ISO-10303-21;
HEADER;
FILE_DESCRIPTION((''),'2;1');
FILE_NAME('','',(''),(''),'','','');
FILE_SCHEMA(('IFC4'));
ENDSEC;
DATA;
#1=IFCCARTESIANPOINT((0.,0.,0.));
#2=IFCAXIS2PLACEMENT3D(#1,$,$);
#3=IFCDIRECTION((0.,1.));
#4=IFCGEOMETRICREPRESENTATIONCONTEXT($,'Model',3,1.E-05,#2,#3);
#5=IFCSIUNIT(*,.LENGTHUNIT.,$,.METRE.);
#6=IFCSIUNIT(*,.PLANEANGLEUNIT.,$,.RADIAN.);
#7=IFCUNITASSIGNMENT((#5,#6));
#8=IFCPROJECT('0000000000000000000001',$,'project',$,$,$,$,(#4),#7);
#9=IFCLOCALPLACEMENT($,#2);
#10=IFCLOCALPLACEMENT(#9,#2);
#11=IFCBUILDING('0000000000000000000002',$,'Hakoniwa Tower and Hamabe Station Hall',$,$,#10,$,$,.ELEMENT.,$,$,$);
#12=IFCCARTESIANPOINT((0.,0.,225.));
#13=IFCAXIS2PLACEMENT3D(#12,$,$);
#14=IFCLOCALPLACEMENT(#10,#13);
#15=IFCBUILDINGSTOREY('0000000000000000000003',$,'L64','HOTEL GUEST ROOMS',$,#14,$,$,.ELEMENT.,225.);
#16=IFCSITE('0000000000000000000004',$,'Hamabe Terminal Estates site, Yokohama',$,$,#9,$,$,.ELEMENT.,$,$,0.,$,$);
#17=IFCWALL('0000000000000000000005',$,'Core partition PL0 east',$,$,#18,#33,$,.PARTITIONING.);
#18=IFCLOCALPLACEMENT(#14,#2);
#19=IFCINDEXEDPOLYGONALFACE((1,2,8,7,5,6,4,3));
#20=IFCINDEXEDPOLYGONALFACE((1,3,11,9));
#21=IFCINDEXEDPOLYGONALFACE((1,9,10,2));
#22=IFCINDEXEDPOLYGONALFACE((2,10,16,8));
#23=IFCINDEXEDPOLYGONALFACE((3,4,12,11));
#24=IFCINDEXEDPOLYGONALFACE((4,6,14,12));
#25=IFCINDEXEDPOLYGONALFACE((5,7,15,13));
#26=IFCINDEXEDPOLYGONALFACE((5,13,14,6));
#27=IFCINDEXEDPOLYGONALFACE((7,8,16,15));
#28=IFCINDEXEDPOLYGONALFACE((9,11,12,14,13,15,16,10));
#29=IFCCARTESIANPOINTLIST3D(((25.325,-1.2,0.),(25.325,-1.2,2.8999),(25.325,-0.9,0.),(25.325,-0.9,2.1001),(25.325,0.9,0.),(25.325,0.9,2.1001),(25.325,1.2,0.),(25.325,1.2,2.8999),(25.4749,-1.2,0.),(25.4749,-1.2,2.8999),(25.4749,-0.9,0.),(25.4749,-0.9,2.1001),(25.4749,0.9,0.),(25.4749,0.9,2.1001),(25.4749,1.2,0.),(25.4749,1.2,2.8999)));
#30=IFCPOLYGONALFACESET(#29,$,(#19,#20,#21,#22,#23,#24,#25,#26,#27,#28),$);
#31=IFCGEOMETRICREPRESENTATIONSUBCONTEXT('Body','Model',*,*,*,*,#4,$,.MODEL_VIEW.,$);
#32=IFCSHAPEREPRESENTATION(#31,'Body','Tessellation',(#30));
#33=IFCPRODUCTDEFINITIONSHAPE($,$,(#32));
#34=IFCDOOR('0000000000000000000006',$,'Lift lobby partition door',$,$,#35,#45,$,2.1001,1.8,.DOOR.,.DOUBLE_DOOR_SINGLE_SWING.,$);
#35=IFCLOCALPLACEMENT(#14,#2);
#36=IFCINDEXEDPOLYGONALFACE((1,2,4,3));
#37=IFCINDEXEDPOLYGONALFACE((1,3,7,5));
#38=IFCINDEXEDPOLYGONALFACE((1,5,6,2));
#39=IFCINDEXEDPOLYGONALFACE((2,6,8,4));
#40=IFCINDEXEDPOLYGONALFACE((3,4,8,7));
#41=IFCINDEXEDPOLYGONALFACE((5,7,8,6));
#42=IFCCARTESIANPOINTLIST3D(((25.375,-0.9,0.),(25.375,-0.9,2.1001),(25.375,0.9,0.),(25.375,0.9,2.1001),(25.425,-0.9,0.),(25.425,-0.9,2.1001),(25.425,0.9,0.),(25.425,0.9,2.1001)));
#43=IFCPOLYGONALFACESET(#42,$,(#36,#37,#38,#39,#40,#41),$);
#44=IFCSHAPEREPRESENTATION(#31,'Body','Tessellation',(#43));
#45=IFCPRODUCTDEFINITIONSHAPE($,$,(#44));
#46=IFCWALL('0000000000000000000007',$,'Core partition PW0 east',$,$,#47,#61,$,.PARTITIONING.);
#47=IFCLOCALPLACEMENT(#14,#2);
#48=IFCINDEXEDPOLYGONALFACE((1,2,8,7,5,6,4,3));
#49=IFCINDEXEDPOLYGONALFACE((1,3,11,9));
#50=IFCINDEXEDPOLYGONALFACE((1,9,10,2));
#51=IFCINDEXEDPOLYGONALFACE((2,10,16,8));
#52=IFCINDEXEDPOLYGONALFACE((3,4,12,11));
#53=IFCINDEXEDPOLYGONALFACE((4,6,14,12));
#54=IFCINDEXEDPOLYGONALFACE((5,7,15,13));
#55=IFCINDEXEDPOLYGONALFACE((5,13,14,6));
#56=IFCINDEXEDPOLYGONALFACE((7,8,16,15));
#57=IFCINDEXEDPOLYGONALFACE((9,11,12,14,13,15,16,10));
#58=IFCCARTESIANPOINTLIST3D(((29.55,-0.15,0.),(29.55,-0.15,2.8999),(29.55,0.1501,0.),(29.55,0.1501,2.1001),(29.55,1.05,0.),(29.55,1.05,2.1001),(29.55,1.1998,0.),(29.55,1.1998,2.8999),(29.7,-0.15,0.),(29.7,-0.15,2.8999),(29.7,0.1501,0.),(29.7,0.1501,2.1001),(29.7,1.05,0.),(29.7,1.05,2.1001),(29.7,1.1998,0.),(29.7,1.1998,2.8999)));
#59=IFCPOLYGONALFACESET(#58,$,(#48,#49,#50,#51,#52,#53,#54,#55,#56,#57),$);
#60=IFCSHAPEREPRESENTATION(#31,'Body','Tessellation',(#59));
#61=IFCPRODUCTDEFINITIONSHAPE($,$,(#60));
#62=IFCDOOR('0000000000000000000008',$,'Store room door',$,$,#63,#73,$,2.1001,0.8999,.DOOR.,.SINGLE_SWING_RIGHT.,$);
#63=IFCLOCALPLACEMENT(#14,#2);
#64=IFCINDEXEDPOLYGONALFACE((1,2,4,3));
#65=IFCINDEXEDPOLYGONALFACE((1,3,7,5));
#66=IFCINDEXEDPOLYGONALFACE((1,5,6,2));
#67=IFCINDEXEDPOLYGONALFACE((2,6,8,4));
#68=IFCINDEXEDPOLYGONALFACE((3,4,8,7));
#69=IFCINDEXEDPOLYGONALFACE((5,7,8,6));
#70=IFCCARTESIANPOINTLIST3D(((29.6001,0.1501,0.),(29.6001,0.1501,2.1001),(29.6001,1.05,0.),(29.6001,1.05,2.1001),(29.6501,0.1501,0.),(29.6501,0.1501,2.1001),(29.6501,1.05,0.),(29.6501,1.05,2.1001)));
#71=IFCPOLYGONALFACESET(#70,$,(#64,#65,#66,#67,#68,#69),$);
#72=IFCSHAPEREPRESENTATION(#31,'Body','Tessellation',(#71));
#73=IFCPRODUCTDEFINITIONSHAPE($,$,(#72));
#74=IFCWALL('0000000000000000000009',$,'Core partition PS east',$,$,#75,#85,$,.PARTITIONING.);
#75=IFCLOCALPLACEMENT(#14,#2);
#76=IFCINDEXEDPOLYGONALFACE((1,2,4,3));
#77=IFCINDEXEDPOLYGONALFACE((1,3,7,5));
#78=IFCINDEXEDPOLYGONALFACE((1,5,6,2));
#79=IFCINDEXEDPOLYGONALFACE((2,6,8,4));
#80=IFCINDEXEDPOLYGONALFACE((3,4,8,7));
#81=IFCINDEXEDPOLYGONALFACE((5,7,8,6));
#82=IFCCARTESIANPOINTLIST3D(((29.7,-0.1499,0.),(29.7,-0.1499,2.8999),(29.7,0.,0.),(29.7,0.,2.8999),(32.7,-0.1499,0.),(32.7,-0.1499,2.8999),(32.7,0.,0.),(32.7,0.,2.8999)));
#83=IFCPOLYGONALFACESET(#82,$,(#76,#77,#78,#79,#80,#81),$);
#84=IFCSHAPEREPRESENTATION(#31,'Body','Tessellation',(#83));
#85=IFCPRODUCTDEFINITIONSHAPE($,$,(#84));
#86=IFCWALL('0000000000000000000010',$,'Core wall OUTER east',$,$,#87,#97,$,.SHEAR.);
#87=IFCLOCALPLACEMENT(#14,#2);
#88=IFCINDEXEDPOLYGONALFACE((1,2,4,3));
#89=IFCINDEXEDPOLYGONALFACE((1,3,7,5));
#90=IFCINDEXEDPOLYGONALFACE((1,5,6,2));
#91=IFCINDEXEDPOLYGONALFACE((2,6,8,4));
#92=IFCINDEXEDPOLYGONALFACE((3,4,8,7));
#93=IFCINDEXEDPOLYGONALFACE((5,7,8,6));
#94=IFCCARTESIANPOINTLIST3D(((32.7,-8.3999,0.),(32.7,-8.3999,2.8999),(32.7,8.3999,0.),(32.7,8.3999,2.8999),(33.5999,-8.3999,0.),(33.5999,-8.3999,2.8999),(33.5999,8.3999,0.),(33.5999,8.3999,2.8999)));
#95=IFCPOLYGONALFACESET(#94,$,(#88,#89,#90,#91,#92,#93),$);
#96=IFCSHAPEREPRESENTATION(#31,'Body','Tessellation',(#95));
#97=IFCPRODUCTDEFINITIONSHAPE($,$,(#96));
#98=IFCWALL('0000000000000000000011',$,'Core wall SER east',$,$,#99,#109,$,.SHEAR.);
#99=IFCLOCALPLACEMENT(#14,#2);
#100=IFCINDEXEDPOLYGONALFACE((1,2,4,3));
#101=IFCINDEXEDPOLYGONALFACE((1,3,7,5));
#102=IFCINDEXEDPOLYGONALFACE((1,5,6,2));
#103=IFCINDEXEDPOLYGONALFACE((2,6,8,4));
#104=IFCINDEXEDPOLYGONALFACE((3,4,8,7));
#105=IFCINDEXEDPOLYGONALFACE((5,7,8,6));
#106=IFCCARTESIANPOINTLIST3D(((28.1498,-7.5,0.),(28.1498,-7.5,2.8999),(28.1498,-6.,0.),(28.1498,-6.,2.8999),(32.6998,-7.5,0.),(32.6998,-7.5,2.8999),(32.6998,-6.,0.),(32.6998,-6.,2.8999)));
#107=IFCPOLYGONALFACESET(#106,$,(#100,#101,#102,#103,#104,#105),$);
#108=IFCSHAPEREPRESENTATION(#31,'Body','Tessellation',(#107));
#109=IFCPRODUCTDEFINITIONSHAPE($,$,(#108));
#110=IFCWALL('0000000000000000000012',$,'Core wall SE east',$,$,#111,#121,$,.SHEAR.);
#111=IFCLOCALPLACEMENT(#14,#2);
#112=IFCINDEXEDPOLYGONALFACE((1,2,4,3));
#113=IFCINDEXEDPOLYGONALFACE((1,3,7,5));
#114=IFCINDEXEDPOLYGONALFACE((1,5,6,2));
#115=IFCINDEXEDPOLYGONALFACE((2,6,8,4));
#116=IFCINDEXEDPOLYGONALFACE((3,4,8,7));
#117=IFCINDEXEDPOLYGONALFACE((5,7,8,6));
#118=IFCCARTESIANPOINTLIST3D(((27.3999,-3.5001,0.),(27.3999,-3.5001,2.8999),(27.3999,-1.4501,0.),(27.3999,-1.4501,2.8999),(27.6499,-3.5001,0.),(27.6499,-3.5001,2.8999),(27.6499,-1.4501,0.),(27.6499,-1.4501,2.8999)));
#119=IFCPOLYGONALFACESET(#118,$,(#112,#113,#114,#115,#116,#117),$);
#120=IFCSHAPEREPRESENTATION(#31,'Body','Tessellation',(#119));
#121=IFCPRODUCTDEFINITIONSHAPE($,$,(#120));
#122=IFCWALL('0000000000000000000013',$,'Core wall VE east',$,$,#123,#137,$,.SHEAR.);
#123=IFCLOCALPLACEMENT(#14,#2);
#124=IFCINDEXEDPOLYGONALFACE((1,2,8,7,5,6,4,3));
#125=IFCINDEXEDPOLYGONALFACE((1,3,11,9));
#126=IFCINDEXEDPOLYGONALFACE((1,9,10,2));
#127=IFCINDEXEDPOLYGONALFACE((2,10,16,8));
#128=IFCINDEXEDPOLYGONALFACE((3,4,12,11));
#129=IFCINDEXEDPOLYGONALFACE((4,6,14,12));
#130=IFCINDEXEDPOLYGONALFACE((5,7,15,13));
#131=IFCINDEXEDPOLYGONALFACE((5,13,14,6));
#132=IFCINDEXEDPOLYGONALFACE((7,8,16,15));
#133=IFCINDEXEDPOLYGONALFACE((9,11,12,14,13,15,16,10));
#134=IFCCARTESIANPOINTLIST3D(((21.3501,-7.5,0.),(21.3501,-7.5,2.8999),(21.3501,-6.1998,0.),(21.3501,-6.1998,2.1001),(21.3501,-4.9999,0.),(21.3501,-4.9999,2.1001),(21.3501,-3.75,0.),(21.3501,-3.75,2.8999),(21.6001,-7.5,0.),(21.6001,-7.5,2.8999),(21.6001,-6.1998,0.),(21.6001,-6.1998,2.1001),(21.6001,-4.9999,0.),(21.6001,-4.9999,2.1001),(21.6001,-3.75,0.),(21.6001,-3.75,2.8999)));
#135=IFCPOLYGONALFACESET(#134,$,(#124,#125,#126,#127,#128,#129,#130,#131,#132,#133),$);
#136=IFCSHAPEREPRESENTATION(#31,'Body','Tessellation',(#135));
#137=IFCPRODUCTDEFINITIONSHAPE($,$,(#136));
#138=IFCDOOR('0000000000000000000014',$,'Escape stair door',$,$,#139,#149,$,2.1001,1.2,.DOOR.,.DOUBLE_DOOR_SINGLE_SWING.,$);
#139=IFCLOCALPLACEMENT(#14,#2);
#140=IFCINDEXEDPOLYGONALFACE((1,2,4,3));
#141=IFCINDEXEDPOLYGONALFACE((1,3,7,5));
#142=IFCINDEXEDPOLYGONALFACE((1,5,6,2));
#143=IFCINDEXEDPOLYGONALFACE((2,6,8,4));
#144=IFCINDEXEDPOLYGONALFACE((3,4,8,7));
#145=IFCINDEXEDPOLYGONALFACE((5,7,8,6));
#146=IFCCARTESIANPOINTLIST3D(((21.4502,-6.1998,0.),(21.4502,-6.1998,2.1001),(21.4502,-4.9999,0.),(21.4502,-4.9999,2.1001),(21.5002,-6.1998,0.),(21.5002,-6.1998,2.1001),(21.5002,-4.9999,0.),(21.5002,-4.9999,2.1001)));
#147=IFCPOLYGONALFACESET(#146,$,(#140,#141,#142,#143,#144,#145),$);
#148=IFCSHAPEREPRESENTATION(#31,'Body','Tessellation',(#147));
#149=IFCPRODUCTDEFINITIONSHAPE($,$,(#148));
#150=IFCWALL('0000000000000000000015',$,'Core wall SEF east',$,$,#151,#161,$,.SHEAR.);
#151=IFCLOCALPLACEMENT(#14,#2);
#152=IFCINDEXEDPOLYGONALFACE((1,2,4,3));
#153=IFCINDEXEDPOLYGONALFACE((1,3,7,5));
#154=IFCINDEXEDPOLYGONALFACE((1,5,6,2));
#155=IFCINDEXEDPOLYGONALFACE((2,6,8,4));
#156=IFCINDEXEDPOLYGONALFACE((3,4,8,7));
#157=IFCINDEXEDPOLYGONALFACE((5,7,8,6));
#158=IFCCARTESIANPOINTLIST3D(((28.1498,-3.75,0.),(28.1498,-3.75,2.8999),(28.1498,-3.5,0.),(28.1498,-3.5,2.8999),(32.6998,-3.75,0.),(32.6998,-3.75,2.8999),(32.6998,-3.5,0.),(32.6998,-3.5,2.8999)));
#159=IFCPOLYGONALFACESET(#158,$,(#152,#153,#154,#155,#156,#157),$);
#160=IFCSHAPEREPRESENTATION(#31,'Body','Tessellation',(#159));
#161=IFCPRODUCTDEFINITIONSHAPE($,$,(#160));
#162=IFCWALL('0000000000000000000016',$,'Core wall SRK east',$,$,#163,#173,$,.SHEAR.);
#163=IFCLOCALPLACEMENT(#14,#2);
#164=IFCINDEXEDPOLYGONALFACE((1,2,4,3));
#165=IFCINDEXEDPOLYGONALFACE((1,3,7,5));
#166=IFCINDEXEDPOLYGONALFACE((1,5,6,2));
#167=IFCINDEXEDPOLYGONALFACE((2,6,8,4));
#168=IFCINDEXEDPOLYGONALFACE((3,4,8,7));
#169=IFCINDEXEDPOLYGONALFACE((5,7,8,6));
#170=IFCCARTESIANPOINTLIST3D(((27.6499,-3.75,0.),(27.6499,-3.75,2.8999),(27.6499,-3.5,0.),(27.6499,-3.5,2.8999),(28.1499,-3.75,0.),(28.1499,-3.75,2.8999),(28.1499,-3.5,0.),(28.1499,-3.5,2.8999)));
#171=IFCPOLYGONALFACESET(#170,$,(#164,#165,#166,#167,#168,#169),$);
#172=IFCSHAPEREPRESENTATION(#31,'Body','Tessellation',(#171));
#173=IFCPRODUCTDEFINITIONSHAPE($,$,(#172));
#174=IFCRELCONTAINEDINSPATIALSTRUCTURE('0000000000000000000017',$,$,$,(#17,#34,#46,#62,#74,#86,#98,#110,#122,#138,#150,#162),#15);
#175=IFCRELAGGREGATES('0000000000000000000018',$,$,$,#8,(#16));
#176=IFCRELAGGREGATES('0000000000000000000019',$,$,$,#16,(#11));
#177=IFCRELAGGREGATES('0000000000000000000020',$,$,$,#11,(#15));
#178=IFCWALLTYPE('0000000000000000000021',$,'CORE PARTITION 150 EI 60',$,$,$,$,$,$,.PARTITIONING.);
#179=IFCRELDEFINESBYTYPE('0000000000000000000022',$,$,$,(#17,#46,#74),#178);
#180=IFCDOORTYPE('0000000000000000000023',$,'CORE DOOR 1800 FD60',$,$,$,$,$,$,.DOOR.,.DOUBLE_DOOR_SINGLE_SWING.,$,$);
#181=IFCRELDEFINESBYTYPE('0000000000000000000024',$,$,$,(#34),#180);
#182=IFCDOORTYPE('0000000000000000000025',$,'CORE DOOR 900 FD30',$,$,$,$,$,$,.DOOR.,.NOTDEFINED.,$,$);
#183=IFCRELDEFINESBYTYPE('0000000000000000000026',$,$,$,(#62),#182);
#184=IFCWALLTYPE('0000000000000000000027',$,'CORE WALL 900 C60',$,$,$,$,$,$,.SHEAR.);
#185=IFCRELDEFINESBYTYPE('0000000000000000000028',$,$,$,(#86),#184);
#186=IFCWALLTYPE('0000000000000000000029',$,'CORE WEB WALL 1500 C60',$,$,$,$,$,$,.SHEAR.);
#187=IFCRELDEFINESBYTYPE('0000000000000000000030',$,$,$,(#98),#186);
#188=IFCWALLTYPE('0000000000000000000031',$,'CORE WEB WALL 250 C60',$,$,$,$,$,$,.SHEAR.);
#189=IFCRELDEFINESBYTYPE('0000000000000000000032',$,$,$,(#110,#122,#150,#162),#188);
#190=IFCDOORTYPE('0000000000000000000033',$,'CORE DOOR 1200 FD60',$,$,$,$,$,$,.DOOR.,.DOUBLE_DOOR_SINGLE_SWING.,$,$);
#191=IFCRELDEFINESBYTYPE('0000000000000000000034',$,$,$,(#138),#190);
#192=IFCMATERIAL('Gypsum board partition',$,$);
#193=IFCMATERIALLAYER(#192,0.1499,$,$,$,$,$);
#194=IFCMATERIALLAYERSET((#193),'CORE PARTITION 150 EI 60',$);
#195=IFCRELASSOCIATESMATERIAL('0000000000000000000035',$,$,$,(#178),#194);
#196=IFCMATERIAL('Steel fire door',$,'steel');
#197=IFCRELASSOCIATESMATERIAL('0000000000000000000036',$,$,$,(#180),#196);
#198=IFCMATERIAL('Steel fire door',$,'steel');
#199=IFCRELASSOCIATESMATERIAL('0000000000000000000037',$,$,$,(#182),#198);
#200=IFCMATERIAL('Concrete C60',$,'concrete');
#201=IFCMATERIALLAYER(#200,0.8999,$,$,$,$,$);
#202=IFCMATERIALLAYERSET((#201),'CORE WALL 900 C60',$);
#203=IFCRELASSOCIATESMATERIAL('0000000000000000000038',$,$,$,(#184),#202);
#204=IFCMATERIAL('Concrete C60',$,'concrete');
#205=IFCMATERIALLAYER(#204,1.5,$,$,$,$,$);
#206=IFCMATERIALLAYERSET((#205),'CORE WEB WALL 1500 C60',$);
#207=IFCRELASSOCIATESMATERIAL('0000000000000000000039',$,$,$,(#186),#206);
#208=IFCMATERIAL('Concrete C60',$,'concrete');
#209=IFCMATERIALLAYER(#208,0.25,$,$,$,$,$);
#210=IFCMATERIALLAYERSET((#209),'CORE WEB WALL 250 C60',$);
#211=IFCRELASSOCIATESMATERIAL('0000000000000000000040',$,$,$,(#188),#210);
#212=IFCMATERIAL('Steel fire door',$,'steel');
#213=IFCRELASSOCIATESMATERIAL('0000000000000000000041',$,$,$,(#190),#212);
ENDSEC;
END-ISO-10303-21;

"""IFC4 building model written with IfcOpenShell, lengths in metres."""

from ifc_helpers import new_model, si_unit, direction, frame, frame_2d, origin, place, context, subcontext, project, spatial, rectangle, extrude, material, layer, layer_set, type_object, element, fill, save


model = new_model("IFC4")

# Units and contexts
model_context = context("Model", 3, precision=1e-05, world=origin(), true_north=direction((0.0, 1.0)))
body_context = subcontext(model_context, "Body", "Model", "MODEL_VIEW")
ifc_project = project(units=[si_unit("LENGTHUNIT", "METRE"), si_unit("PLANEANGLEUNIT", "RADIAN")], contexts=[model_context])

# Site, building, storey
site_placement = place(None, origin())
site = spatial("IfcSite", under=ifc_project, at=site_placement, Name="Hamabe Terminal Estates site, Yokohama", CompositionType="ELEMENT", RefElevation=0.0)
building_placement = place(site_placement, origin())
building = spatial("IfcBuilding", under=site, at=building_placement, Name="Hakoniwa Tower and Hamabe Station Hall", CompositionType="ELEMENT")
storey_placement = place(building_placement, frame((0.0, 0.0, 225.0)))
storey = spatial("IfcBuildingStorey", under=building, at=storey_placement, Name="L64", Description="HOTEL GUEST ROOMS", CompositionType="ELEMENT", Elevation=225.0)

# Walls, openings, doors
ifc_material_1 = material(Name="Gypsum board partition")
ifc_layer_1 = layer(ifc_material_1, 0.1499)
ifc_layer_set_1 = layer_set([ifc_layer_1], Name="CORE PARTITION 150 EI 60")
wall_type_1 = type_object("IfcWallType", Name="CORE PARTITION 150 EI 60", PredefinedType="PARTITIONING", material=ifc_layer_set_1)
wall_1_placement = place(storey_placement, frame((25.3999, -1.2, 0.0), z_axis=(0.0, 0.0, 1.0), x_axis=(0.0, 1.0, 0.0)))
wall_1 = element("IfcWall", 1, at=wall_1_placement, inside=storey, type_object=wall_type_1, Name="Core partition PL0 east", PredefinedType="PARTITIONING", context=body_context, shape_type="SweptSolid", body=[
    extrude(rectangle(XDim=2.3999, YDim=0.1499, at=frame_2d((1.2, 0.0))), origin(), (0.0, 0.0, 1.0), 2.8999),
])
opening_1_placement = place(wall_1_placement, frame((0.3, 0.0, 0.0)))
opening_1 = element("IfcOpeningElement", 2, at=opening_1_placement, cuts=wall_1, PredefinedType="OPENING", context=body_context, shape_type="SweptSolid", body=[
    extrude(rectangle(XDim=1.8, YDim=2.1001, at=frame_2d((0.8999, 1.05))), frame((0.0, 0.085, 0.0), z_axis=(0.0, -1.0, 0.0), x_axis=(1.0, 0.0, 0.0)), (0.0, 0.0, 1.0), 0.1699),
])
ifc_material_2 = material(Name="Steel fire door", Category="steel")
door_type_1 = type_object("IfcDoorType", Name="CORE DOOR 1800 FD60", OperationType="DOUBLE_DOOR_SINGLE_SWING", PredefinedType="DOOR", material=ifc_material_2)
door_1_placement = place(opening_1_placement, origin())
door_1 = element("IfcDoor", 3, at=door_1_placement, inside=storey, type_object=door_type_1, Name="Lift lobby partition door", OperationType="DOUBLE_DOOR_SINGLE_SWING", OverallHeight=2.1001, OverallWidth=1.8, PredefinedType="DOOR", context=body_context, shape_type="SweptSolid", body=[
    extrude(rectangle(XDim=1.8, YDim=2.1001, at=frame_2d((0.8999, 1.05))), frame((0.0, 0.0249, 0.0), z_axis=(0.0, -1.0, 0.0), x_axis=(1.0, 0.0, 0.0)), (0.0, 0.0, 1.0), 0.05),
])
fill(opening_1, door_1)
wall_2_placement = place(storey_placement, frame((29.625, -0.1499, 0.0), z_axis=(0.0, 0.0, 1.0), x_axis=(0.0, 1.0, 0.0)))
wall_2 = element("IfcWall", 4, at=wall_2_placement, inside=storey, type_object=wall_type_1, Name="Core partition PW0 east", PredefinedType="PARTITIONING", context=body_context, shape_type="SweptSolid", body=[
    extrude(rectangle(XDim=1.3499, YDim=0.1499, at=frame_2d((0.6748, 0.0))), origin(), (0.0, 0.0, 1.0), 2.8999),
])
opening_2_placement = place(wall_2_placement, frame((0.3, 0.0, 0.0)))
opening_2 = element("IfcOpeningElement", 5, at=opening_2_placement, cuts=wall_2, PredefinedType="OPENING", context=body_context, shape_type="SweptSolid", body=[
    extrude(rectangle(XDim=0.8999, YDim=2.1001, at=frame_2d((0.45, 1.05))), frame((0.0, 0.085, 0.0), z_axis=(0.0, -1.0, 0.0), x_axis=(1.0, 0.0, 0.0)), (0.0, 0.0, 1.0), 0.1699),
])
ifc_material_3 = material(Name="Steel fire door", Category="steel")
door_type_2 = type_object("IfcDoorType", Name="CORE DOOR 900 FD30", OperationType="NOTDEFINED", PredefinedType="DOOR", material=ifc_material_3)
door_2_placement = place(opening_2_placement, origin())
door_2 = element("IfcDoor", 6, at=door_2_placement, inside=storey, type_object=door_type_2, Name="Store room door", OperationType="SINGLE_SWING_RIGHT", OverallHeight=2.1001, OverallWidth=0.8999, PredefinedType="DOOR", context=body_context, shape_type="SweptSolid", body=[
    extrude(rectangle(XDim=0.8999, YDim=2.1001, at=frame_2d((0.45, 1.05))), frame((0.0, 0.0249, 0.0), z_axis=(0.0, -1.0, 0.0), x_axis=(1.0, 0.0, 0.0)), (0.0, 0.0, 1.0), 0.05),
])
fill(opening_2, door_2)

# Walls
wall_3_placement = place(storey_placement, frame((29.7, -0.075, 0.0), z_axis=(0.0, 0.0, 1.0), x_axis=(1.0, 0.0, 0.0)))
element("IfcWall", 7, at=wall_3_placement, inside=storey, type_object=wall_type_1, Name="Core partition PS east", PredefinedType="PARTITIONING", context=body_context, shape_type="SweptSolid", body=[
    extrude(rectangle(XDim=3.0, YDim=0.1499, at=frame_2d((1.5, 0.0))), origin(), (0.0, 0.0, 1.0), 2.8999),
])
ifc_material_4 = material(Name="Concrete C60", Category="concrete")
ifc_layer_2 = layer(ifc_material_4, 0.8999)
ifc_layer_set_2 = layer_set([ifc_layer_2], Name="CORE WALL 900 C60")
wall_type_2 = type_object("IfcWallType", Name="CORE WALL 900 C60", PredefinedType="SHEAR", material=ifc_layer_set_2)
wall_4_placement = place(storey_placement, frame((33.1499, -8.3999, 0.0), z_axis=(0.0, 0.0, 1.0), x_axis=(0.0, 1.0, 0.0)))
element("IfcWall", 8, at=wall_4_placement, inside=storey, type_object=wall_type_2, Name="Core wall OUTER east", PredefinedType="SHEAR", context=body_context, shape_type="SweptSolid", body=[
    extrude(rectangle(XDim=16.7998, YDim=0.8999, at=frame_2d((8.3999, 0.0))), origin(), (0.0, 0.0, 1.0), 2.8999),
])
ifc_material_5 = material(Name="Concrete C60", Category="concrete")
ifc_layer_3 = layer(ifc_material_5, 1.5)
ifc_layer_set_3 = layer_set([ifc_layer_3], Name="CORE WEB WALL 1500 C60")
wall_type_3 = type_object("IfcWallType", Name="CORE WEB WALL 1500 C60", PredefinedType="SHEAR", material=ifc_layer_set_3)
wall_5_placement = place(storey_placement, frame((28.1499, -6.75, 0.0), z_axis=(0.0, 0.0, 1.0), x_axis=(1.0, 0.0, 0.0)))
element("IfcWall", 9, at=wall_5_placement, inside=storey, type_object=wall_type_3, Name="Core wall SER east", PredefinedType="SHEAR", context=body_context, shape_type="SweptSolid", body=[
    extrude(rectangle(XDim=4.55, YDim=1.5, at=frame_2d((2.2749, 0.0))), origin(), (0.0, 0.0, 1.0), 2.8999),
])
ifc_material_6 = material(Name="Concrete C60", Category="concrete")
ifc_layer_4 = layer(ifc_material_6, 0.25)
ifc_layer_set_4 = layer_set([ifc_layer_4], Name="CORE WEB WALL 250 C60")
wall_type_4 = type_object("IfcWallType", Name="CORE WEB WALL 250 C60", PredefinedType="SHEAR", material=ifc_layer_set_4)
wall_6_placement = place(storey_placement, frame((27.5249, -3.5, 0.0), z_axis=(0.0, 0.0, 1.0), x_axis=(0.0, 1.0, 0.0)))
element("IfcWall", 10, at=wall_6_placement, inside=storey, type_object=wall_type_4, Name="Core wall SE east", PredefinedType="SHEAR", context=body_context, shape_type="SweptSolid", body=[
    extrude(rectangle(XDim=2.05, YDim=0.25, at=frame_2d((1.0249, 0.0))), origin(), (0.0, 0.0, 1.0), 2.8999),
])

# Wall, opening, door
wall_7_placement = place(storey_placement, frame((21.4751, -7.5, 0.0), z_axis=(0.0, 0.0, 1.0), x_axis=(0.0, 1.0, 0.0)))
wall_7 = element("IfcWall", 11, at=wall_7_placement, inside=storey, type_object=wall_type_4, Name="Core wall VE east", PredefinedType="SHEAR", context=body_context, shape_type="SweptSolid", body=[
    extrude(rectangle(XDim=3.75, YDim=0.25, at=frame_2d((1.875, 0.0))), origin(), (0.0, 0.0, 1.0), 2.8999),
])
opening_3_placement = place(wall_7_placement, frame((1.3, 0.0, 0.0)))
opening_3 = element("IfcOpeningElement", 12, at=opening_3_placement, cuts=wall_7, PredefinedType="OPENING", context=body_context, shape_type="SweptSolid", body=[
    extrude(rectangle(XDim=1.2, YDim=2.1001, at=frame_2d((0.6001, 1.05))), frame((0.0, 0.135, 0.0), z_axis=(0.0, -1.0, 0.0), x_axis=(1.0, 0.0, 0.0)), (0.0, 0.0, 1.0), 0.27),
])
ifc_material_7 = material(Name="Steel fire door", Category="steel")
door_type_3 = type_object("IfcDoorType", Name="CORE DOOR 1200 FD60", OperationType="DOUBLE_DOOR_SINGLE_SWING", PredefinedType="DOOR", material=ifc_material_7)
door_3_placement = place(opening_3_placement, origin())
door_3 = element("IfcDoor", 13, at=door_3_placement, inside=storey, type_object=door_type_3, Name="Escape stair door", OperationType="DOUBLE_DOOR_SINGLE_SWING", OverallHeight=2.1001, OverallWidth=1.2, PredefinedType="DOOR", context=body_context, shape_type="SweptSolid", body=[
    extrude(rectangle(XDim=1.2, YDim=2.1001, at=frame_2d((0.6001, 1.05))), frame((0.0, 0.0249, 0.0), z_axis=(0.0, -1.0, 0.0), x_axis=(1.0, 0.0, 0.0)), (0.0, 0.0, 1.0), 0.05),
])
fill(opening_3, door_3)

# Walls
wall_8_placement = place(storey_placement, frame((28.1499, -3.625, 0.0), z_axis=(0.0, 0.0, 1.0), x_axis=(1.0, 0.0, 0.0)))
element("IfcWall", 14, at=wall_8_placement, inside=storey, type_object=wall_type_4, Name="Core wall SEF east", PredefinedType="SHEAR", context=body_context, shape_type="SweptSolid", body=[
    extrude(rectangle(XDim=4.55, YDim=0.25, at=frame_2d((2.2749, 0.0))), origin(), (0.0, 0.0, 1.0), 2.8999),
])
wall_9_placement = place(storey_placement, frame((27.6499, -3.625, 0.0), z_axis=(0.0, 0.0, 1.0), x_axis=(1.0, 0.0, 0.0)))
element("IfcWall", 15, at=wall_9_placement, inside=storey, type_object=wall_type_4, Name="Core wall SRK east", PredefinedType="SHEAR", context=body_context, shape_type="SweptSolid", body=[
    extrude(rectangle(XDim=0.5, YDim=0.25, at=frame_2d((0.25, 0.0))), origin(), (0.0, 0.0, 1.0), 2.8999),
])

save(model, "model.ifc")
